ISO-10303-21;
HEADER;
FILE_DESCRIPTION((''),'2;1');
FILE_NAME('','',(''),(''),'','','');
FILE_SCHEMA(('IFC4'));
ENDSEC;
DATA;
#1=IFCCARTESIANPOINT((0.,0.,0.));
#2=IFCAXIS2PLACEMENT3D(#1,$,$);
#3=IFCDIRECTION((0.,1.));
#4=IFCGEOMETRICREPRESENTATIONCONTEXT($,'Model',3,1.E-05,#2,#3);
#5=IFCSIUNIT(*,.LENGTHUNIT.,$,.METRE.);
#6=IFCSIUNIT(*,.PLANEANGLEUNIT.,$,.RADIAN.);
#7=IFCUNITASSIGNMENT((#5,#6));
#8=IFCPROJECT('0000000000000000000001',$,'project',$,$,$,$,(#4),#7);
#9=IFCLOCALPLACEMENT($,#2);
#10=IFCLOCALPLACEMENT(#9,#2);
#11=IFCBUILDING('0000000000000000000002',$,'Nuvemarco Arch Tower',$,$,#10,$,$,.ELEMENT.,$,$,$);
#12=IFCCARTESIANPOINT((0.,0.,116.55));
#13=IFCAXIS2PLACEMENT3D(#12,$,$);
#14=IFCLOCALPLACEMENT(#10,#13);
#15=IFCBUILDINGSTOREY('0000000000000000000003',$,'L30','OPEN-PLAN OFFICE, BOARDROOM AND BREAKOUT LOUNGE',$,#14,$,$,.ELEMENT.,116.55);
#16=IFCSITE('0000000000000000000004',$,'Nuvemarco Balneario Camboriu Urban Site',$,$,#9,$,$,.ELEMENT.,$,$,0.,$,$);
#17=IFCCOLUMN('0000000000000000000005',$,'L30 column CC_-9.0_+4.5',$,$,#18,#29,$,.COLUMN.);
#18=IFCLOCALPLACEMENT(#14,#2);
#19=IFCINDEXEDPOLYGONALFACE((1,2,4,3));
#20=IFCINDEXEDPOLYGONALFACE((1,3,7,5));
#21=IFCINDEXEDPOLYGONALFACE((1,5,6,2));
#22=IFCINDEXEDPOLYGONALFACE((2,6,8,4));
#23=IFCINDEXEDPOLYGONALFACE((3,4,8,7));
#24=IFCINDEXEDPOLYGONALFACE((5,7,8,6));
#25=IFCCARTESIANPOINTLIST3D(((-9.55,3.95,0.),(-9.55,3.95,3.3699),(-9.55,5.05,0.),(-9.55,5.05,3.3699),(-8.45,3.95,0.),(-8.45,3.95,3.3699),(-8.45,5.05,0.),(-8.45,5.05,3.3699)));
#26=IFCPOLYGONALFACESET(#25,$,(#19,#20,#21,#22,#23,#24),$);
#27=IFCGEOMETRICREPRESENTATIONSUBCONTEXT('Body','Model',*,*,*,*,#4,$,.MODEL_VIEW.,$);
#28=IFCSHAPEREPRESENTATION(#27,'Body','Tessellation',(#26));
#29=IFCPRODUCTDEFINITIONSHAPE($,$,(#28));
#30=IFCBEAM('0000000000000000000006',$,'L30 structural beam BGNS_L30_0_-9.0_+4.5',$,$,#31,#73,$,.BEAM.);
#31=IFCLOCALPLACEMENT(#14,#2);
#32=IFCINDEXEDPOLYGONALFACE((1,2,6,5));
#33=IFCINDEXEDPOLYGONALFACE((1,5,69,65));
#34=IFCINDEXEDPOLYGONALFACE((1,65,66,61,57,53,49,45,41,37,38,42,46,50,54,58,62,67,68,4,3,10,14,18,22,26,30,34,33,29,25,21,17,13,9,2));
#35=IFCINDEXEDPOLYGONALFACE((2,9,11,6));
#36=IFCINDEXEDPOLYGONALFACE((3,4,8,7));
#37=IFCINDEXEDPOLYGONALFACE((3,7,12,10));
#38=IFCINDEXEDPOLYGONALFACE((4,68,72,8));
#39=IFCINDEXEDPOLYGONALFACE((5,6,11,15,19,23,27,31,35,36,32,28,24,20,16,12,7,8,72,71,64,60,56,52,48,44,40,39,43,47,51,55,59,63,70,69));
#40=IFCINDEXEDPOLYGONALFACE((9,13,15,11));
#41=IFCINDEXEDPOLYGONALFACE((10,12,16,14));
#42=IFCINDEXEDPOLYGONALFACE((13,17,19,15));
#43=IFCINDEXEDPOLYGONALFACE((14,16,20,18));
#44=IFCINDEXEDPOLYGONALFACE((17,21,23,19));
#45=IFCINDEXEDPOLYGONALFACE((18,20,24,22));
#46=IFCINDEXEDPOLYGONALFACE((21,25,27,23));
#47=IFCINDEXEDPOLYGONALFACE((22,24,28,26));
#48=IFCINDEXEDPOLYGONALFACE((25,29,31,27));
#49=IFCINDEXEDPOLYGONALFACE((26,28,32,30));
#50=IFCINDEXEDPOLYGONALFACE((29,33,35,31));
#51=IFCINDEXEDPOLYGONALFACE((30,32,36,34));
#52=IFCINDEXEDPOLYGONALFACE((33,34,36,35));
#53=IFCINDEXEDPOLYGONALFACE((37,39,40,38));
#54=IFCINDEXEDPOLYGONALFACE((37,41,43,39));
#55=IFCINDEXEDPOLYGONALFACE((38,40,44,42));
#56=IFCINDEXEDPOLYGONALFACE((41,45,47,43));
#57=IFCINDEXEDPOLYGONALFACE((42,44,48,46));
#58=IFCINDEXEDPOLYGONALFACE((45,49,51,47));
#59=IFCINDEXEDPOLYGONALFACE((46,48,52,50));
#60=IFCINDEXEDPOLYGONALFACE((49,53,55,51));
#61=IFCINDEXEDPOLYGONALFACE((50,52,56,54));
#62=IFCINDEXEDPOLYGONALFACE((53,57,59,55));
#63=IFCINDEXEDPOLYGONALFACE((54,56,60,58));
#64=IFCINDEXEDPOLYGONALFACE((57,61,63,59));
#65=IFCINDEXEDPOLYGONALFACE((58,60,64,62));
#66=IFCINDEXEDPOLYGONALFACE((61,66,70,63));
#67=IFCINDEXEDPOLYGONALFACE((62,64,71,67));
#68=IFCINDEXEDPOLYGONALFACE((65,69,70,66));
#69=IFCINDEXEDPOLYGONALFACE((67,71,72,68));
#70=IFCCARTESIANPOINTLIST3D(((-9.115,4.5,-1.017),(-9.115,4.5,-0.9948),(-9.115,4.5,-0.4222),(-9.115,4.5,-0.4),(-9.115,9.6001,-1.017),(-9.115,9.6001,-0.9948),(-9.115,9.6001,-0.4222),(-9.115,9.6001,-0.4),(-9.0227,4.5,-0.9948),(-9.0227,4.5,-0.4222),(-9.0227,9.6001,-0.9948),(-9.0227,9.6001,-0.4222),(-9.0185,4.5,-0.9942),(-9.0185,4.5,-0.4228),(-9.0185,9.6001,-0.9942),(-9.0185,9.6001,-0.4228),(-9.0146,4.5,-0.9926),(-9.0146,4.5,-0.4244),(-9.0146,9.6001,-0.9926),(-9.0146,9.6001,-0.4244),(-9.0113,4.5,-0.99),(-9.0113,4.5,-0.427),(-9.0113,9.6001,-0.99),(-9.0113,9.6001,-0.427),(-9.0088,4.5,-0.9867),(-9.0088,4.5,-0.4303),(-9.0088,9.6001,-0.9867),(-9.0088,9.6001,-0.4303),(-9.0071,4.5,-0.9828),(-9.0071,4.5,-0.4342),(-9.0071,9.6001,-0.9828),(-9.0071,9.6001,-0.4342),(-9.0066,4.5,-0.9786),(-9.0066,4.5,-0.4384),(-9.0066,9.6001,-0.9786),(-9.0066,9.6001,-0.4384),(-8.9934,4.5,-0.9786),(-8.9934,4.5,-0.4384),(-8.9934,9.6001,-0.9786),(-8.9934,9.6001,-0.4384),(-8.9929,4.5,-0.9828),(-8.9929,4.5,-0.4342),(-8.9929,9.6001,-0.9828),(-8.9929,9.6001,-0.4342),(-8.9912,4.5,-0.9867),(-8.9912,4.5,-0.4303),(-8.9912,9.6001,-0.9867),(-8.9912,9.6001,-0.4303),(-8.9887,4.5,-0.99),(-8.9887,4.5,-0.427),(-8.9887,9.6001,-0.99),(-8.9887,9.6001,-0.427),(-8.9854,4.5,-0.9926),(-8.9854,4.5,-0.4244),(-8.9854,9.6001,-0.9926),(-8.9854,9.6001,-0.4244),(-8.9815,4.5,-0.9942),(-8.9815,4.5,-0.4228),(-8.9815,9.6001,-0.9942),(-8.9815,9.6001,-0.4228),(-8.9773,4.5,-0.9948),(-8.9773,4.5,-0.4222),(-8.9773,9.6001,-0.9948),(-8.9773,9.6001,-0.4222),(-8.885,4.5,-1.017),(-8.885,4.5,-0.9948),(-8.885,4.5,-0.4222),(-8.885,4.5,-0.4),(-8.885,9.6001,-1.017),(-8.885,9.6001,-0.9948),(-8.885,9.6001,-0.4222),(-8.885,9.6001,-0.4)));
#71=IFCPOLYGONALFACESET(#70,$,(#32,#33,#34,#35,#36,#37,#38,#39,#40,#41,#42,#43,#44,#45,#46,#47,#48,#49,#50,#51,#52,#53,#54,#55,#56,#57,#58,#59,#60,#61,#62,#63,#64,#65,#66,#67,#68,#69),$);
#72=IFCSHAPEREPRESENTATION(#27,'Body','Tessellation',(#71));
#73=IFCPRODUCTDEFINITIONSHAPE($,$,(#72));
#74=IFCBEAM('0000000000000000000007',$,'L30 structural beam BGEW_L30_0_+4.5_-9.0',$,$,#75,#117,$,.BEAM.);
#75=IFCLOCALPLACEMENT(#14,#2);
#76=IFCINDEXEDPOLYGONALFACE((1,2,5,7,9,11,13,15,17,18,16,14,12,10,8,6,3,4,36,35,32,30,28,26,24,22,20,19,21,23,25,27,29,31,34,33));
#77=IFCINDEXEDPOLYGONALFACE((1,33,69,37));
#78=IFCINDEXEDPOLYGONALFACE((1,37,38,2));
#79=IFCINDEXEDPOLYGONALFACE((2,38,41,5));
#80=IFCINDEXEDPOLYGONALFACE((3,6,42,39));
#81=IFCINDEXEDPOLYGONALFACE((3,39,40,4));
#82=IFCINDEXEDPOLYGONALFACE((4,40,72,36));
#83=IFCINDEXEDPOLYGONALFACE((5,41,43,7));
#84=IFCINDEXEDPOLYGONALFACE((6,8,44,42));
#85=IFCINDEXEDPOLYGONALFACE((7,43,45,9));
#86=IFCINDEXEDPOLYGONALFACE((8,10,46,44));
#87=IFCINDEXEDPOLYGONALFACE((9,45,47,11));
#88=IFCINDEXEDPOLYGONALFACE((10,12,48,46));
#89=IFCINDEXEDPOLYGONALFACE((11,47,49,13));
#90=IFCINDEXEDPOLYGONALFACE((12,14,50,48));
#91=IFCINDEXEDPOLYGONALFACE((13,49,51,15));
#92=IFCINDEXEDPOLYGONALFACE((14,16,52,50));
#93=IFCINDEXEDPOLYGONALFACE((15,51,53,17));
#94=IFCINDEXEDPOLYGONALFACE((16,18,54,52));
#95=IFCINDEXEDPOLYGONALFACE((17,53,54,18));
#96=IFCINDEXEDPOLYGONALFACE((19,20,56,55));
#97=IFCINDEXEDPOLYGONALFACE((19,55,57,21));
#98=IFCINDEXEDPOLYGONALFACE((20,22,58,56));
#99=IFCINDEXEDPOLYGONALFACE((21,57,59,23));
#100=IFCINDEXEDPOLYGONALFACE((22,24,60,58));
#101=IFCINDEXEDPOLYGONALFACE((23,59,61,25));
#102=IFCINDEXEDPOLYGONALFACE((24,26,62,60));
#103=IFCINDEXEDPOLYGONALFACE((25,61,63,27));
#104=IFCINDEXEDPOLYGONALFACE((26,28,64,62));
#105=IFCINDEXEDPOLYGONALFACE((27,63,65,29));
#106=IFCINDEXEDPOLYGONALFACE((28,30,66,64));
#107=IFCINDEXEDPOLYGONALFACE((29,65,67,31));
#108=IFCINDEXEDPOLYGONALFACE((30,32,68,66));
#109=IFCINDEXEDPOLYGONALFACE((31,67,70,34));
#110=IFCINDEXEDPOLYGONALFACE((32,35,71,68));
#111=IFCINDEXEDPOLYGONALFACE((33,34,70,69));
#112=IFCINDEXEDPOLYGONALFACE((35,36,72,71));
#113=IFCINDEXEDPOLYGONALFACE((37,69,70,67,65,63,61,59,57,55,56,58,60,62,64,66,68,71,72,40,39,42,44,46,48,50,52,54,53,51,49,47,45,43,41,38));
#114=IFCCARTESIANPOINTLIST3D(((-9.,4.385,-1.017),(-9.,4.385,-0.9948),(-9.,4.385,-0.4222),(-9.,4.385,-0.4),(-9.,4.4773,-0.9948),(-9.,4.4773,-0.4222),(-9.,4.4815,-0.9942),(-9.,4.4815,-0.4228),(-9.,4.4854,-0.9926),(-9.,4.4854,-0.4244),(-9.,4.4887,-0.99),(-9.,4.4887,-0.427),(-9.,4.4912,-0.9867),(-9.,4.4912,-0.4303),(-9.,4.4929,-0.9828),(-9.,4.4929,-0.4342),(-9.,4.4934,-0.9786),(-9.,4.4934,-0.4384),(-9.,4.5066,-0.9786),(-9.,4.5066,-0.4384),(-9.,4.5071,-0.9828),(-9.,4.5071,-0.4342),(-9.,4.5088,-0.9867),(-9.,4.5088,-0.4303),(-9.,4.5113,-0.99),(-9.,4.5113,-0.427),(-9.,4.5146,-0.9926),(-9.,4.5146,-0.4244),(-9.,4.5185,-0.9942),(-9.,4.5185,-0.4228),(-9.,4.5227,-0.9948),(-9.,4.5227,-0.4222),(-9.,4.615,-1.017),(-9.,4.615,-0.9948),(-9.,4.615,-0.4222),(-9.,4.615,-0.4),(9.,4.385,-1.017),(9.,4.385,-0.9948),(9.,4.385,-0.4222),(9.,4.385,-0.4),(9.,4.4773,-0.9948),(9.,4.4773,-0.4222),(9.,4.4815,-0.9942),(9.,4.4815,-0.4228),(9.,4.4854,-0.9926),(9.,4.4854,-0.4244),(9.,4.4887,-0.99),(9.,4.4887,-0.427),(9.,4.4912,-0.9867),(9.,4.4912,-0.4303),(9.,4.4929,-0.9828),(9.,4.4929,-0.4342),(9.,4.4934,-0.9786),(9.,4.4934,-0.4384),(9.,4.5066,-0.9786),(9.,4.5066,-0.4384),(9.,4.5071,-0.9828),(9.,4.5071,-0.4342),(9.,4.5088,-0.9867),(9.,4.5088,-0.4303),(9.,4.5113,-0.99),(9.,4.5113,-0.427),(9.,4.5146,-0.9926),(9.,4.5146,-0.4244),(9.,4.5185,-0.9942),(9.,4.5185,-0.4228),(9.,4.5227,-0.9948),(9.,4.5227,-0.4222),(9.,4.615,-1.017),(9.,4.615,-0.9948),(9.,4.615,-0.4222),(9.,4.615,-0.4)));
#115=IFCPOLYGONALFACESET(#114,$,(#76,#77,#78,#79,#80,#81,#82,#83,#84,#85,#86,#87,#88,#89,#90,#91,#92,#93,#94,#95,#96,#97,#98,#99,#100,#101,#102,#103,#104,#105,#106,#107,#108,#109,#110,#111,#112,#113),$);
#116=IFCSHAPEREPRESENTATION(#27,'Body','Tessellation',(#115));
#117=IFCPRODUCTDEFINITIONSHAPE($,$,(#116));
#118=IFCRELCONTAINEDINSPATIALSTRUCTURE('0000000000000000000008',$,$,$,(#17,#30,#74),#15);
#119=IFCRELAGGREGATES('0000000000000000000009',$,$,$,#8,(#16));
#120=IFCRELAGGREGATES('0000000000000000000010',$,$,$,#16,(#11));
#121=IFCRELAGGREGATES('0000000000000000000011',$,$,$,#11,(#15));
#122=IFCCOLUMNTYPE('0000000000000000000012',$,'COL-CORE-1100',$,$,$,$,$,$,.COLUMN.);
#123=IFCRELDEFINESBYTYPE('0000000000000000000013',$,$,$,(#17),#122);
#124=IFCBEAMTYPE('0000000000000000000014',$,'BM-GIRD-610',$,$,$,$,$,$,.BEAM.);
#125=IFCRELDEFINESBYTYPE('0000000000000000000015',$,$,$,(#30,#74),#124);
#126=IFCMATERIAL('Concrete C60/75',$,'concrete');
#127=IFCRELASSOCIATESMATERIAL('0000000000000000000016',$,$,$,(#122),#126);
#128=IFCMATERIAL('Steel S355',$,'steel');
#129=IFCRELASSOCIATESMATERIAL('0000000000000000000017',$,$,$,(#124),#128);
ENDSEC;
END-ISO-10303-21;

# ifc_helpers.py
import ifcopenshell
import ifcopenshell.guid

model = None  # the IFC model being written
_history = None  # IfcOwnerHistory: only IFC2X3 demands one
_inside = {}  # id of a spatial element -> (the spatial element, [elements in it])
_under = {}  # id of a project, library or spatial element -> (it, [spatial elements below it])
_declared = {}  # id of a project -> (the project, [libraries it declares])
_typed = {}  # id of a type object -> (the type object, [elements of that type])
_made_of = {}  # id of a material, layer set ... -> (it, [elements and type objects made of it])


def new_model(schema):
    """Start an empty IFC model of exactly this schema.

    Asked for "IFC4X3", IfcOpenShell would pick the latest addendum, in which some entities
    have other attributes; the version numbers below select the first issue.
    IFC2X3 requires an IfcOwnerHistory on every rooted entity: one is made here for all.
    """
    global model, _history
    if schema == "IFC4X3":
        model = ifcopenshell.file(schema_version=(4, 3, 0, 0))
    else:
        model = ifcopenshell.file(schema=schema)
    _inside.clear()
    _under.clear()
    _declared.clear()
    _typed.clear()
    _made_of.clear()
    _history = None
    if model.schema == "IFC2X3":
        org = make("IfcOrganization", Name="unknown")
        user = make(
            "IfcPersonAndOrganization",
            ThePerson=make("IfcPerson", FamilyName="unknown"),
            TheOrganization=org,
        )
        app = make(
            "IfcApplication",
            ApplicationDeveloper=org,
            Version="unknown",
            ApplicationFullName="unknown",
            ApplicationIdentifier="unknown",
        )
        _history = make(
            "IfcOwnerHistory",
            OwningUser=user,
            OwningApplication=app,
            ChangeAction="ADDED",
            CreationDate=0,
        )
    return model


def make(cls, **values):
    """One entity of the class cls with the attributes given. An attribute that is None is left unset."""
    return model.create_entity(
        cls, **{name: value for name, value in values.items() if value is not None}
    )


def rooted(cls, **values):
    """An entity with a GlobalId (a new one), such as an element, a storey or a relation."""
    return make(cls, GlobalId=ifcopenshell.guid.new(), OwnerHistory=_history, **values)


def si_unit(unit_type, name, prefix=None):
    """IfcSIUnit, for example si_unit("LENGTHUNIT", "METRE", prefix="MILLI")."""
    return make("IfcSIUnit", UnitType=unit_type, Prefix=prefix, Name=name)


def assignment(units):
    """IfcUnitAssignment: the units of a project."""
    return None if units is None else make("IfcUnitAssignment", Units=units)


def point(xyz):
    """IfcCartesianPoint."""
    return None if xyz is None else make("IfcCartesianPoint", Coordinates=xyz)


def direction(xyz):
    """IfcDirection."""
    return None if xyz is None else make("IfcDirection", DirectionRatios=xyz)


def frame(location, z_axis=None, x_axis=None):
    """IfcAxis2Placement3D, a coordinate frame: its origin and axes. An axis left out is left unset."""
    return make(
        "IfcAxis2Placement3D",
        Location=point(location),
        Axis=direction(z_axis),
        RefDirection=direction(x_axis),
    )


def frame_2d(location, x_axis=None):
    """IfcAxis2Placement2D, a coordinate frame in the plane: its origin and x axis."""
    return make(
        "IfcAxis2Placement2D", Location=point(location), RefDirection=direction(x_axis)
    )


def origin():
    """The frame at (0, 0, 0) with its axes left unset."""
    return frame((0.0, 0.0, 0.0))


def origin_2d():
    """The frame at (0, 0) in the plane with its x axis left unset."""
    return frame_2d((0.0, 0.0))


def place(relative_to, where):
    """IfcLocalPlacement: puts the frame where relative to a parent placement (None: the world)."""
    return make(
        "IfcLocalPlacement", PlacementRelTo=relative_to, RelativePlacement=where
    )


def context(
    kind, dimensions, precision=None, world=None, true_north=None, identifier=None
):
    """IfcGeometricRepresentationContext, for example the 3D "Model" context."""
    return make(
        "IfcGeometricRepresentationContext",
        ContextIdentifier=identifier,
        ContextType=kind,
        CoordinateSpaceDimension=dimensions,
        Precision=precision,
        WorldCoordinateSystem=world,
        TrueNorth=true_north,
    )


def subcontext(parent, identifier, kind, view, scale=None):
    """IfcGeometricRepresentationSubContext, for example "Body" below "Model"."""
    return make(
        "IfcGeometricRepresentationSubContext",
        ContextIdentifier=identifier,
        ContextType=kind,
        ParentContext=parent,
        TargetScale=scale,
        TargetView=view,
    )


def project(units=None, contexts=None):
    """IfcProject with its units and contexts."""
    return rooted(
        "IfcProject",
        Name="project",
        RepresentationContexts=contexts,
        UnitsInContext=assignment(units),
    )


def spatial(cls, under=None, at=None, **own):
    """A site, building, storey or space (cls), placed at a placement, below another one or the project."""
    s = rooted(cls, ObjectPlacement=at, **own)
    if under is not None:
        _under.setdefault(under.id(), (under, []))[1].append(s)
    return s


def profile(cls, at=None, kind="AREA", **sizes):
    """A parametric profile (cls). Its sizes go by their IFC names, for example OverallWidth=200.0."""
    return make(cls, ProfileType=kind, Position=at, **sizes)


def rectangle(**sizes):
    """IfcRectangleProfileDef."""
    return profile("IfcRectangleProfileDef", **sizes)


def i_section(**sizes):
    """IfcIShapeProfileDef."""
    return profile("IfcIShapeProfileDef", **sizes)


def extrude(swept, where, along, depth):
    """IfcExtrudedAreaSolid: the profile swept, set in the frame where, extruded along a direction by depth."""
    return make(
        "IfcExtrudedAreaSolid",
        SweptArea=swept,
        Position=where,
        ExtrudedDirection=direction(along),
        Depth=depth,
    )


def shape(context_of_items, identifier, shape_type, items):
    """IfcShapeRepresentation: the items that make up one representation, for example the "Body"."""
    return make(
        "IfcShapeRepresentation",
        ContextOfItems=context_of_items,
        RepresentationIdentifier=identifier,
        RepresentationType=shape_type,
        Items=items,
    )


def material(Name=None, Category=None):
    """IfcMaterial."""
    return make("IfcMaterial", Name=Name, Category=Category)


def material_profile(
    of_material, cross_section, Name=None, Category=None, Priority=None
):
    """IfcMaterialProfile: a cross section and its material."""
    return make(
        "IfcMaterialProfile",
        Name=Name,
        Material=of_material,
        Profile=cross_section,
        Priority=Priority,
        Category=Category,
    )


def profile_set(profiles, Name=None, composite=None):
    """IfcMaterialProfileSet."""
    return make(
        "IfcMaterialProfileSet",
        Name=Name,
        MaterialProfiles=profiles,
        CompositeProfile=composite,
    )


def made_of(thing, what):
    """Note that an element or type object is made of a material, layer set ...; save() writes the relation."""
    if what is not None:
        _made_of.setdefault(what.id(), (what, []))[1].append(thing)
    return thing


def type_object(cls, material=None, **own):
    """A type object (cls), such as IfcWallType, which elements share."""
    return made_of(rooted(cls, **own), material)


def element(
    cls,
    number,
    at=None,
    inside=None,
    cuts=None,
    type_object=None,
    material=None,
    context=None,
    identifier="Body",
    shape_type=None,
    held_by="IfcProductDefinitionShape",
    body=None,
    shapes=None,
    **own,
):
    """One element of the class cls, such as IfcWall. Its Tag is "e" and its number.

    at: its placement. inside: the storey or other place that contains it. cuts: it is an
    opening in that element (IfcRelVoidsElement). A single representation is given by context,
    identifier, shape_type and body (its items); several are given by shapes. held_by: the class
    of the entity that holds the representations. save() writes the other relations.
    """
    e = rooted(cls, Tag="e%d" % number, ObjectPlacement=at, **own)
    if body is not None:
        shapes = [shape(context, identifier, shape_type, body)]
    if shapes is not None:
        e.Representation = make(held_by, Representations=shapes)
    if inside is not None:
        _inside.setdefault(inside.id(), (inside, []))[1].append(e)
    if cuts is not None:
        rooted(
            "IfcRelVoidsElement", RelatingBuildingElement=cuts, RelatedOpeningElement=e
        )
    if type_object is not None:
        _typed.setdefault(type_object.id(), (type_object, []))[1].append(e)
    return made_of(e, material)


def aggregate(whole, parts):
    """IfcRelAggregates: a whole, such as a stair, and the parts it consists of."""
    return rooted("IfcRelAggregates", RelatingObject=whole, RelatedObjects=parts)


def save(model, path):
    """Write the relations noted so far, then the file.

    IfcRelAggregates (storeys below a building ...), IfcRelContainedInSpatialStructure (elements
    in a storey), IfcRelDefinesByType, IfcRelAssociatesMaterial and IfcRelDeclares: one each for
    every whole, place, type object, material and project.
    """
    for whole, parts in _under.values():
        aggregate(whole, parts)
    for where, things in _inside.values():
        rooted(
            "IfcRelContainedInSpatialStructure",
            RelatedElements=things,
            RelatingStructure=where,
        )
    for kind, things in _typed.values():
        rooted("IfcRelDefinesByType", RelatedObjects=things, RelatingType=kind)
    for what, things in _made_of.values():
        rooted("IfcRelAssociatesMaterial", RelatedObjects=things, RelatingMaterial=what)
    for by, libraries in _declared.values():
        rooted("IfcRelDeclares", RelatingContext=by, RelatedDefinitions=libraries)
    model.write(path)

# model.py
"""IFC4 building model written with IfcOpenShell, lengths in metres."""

from ifc_helpers import new_model, si_unit, direction, frame, origin, origin_2d, place, context, subcontext, project, spatial, rectangle, i_section, extrude, material, material_profile, profile_set, type_object, element, save


model = new_model("IFC4")

# Units and contexts
model_context = context("Model", 3, precision=1e-05, world=origin(), true_north=direction((0.0, 1.0)))
body_context = subcontext(model_context, "Body", "Model", "MODEL_VIEW")
ifc_project = project(units=[si_unit("LENGTHUNIT", "METRE"), si_unit("PLANEANGLEUNIT", "RADIAN")], contexts=[model_context])

# Site, building, storey
site_placement = place(None, origin())
site = spatial("IfcSite", under=ifc_project, at=site_placement, Name="Nuvemarco Balneario Camboriu Urban Site", CompositionType="ELEMENT", RefElevation=0.0)
building_placement = place(site_placement, origin())
building = spatial("IfcBuilding", under=site, at=building_placement, Name="Nuvemarco Arch Tower", CompositionType="ELEMENT")
storey_placement = place(building_placement, frame((0.0, 0.0, 116.55)))
storey = spatial("IfcBuildingStorey", under=building, at=storey_placement, Name="L30", Description="OPEN-PLAN OFFICE, BOARDROOM AND BREAKOUT LOUNGE", CompositionType="ELEMENT", Elevation=116.55)

# Column
ifc_material_1 = material(Name="Concrete C60/75", Category="concrete")
ifc_material_profile_1 = material_profile(ifc_material_1, rectangle(XDim=1.1001, YDim=1.1001, at=origin_2d()), Name="RC-COL-1100x1100")
ifc_profile_set_1 = profile_set([ifc_material_profile_1], Name="Concrete C60/75")
column_type = type_object("IfcColumnType", Name="COL-CORE-1100", PredefinedType="COLUMN", material=ifc_profile_set_1)
column_placement = place(storey_placement, frame((-9.0, 4.5, 0.0), z_axis=(0.0, 0.0, 1.0), x_axis=(1.0, 0.0, 0.0)))
element("IfcColumn", 1, at=column_placement, inside=storey, type_object=column_type, Name="L30 column CC_-9.0_+4.5", PredefinedType="COLUMN", context=body_context, shape_type="SweptSolid", body=[
    extrude(rectangle(XDim=1.1001, YDim=1.1001, at=origin_2d()), origin(), (0.0, 0.0, 1.0), 3.3699),
])

# Beams
ifc_material_2 = material(Name="Steel S355", Category="steel")
ifc_material_profile_2 = material_profile(ifc_material_2, i_section(OverallWidth=0.23, OverallDepth=0.6169, WebThickness=0.0132, FlangeThickness=0.0222, FilletRadius=0.0161, at=origin_2d()), Name="W610x140")
ifc_profile_set_2 = profile_set([ifc_material_profile_2], Name="Steel S355")
beam_type = type_object("IfcBeamType", Name="BM-GIRD-610", PredefinedType="BEAM", material=ifc_profile_set_2)
beam_1_placement = place(storey_placement, frame((-9.0, 4.5, -0.7085), z_axis=(0.0, 1.0, 0.0), x_axis=(-1.0, 0.0, 0.0)))
element("IfcBeam", 2, at=beam_1_placement, inside=storey, type_object=beam_type, Name="L30 structural beam BGNS_L30_0_-9.0_+4.5", PredefinedType="BEAM", context=body_context, shape_type="SweptSolid", body=[
    extrude(i_section(OverallWidth=0.23, OverallDepth=0.6169, WebThickness=0.0132, FlangeThickness=0.0222, FilletRadius=0.0161, at=origin_2d()), origin(), (0.0, 0.0, 1.0), 5.1001),
])
beam_2_placement = place(storey_placement, frame((-9.0, 4.5, -0.7085), z_axis=(1.0, 0.0, 0.0), x_axis=(0.0, 1.0, 0.0)))
element("IfcBeam", 3, at=beam_2_placement, inside=storey, type_object=beam_type, Name="L30 structural beam BGEW_L30_0_+4.5_-9.0", PredefinedType="BEAM", context=body_context, shape_type="SweptSolid", body=[
    extrude(i_section(OverallWidth=0.23, OverallDepth=0.6169, WebThickness=0.0132, FlangeThickness=0.0222, FilletRadius=0.0161, at=origin_2d()), origin(), (0.0, 0.0, 1.0), 18.0),
])

save(model, "model.ifc")
